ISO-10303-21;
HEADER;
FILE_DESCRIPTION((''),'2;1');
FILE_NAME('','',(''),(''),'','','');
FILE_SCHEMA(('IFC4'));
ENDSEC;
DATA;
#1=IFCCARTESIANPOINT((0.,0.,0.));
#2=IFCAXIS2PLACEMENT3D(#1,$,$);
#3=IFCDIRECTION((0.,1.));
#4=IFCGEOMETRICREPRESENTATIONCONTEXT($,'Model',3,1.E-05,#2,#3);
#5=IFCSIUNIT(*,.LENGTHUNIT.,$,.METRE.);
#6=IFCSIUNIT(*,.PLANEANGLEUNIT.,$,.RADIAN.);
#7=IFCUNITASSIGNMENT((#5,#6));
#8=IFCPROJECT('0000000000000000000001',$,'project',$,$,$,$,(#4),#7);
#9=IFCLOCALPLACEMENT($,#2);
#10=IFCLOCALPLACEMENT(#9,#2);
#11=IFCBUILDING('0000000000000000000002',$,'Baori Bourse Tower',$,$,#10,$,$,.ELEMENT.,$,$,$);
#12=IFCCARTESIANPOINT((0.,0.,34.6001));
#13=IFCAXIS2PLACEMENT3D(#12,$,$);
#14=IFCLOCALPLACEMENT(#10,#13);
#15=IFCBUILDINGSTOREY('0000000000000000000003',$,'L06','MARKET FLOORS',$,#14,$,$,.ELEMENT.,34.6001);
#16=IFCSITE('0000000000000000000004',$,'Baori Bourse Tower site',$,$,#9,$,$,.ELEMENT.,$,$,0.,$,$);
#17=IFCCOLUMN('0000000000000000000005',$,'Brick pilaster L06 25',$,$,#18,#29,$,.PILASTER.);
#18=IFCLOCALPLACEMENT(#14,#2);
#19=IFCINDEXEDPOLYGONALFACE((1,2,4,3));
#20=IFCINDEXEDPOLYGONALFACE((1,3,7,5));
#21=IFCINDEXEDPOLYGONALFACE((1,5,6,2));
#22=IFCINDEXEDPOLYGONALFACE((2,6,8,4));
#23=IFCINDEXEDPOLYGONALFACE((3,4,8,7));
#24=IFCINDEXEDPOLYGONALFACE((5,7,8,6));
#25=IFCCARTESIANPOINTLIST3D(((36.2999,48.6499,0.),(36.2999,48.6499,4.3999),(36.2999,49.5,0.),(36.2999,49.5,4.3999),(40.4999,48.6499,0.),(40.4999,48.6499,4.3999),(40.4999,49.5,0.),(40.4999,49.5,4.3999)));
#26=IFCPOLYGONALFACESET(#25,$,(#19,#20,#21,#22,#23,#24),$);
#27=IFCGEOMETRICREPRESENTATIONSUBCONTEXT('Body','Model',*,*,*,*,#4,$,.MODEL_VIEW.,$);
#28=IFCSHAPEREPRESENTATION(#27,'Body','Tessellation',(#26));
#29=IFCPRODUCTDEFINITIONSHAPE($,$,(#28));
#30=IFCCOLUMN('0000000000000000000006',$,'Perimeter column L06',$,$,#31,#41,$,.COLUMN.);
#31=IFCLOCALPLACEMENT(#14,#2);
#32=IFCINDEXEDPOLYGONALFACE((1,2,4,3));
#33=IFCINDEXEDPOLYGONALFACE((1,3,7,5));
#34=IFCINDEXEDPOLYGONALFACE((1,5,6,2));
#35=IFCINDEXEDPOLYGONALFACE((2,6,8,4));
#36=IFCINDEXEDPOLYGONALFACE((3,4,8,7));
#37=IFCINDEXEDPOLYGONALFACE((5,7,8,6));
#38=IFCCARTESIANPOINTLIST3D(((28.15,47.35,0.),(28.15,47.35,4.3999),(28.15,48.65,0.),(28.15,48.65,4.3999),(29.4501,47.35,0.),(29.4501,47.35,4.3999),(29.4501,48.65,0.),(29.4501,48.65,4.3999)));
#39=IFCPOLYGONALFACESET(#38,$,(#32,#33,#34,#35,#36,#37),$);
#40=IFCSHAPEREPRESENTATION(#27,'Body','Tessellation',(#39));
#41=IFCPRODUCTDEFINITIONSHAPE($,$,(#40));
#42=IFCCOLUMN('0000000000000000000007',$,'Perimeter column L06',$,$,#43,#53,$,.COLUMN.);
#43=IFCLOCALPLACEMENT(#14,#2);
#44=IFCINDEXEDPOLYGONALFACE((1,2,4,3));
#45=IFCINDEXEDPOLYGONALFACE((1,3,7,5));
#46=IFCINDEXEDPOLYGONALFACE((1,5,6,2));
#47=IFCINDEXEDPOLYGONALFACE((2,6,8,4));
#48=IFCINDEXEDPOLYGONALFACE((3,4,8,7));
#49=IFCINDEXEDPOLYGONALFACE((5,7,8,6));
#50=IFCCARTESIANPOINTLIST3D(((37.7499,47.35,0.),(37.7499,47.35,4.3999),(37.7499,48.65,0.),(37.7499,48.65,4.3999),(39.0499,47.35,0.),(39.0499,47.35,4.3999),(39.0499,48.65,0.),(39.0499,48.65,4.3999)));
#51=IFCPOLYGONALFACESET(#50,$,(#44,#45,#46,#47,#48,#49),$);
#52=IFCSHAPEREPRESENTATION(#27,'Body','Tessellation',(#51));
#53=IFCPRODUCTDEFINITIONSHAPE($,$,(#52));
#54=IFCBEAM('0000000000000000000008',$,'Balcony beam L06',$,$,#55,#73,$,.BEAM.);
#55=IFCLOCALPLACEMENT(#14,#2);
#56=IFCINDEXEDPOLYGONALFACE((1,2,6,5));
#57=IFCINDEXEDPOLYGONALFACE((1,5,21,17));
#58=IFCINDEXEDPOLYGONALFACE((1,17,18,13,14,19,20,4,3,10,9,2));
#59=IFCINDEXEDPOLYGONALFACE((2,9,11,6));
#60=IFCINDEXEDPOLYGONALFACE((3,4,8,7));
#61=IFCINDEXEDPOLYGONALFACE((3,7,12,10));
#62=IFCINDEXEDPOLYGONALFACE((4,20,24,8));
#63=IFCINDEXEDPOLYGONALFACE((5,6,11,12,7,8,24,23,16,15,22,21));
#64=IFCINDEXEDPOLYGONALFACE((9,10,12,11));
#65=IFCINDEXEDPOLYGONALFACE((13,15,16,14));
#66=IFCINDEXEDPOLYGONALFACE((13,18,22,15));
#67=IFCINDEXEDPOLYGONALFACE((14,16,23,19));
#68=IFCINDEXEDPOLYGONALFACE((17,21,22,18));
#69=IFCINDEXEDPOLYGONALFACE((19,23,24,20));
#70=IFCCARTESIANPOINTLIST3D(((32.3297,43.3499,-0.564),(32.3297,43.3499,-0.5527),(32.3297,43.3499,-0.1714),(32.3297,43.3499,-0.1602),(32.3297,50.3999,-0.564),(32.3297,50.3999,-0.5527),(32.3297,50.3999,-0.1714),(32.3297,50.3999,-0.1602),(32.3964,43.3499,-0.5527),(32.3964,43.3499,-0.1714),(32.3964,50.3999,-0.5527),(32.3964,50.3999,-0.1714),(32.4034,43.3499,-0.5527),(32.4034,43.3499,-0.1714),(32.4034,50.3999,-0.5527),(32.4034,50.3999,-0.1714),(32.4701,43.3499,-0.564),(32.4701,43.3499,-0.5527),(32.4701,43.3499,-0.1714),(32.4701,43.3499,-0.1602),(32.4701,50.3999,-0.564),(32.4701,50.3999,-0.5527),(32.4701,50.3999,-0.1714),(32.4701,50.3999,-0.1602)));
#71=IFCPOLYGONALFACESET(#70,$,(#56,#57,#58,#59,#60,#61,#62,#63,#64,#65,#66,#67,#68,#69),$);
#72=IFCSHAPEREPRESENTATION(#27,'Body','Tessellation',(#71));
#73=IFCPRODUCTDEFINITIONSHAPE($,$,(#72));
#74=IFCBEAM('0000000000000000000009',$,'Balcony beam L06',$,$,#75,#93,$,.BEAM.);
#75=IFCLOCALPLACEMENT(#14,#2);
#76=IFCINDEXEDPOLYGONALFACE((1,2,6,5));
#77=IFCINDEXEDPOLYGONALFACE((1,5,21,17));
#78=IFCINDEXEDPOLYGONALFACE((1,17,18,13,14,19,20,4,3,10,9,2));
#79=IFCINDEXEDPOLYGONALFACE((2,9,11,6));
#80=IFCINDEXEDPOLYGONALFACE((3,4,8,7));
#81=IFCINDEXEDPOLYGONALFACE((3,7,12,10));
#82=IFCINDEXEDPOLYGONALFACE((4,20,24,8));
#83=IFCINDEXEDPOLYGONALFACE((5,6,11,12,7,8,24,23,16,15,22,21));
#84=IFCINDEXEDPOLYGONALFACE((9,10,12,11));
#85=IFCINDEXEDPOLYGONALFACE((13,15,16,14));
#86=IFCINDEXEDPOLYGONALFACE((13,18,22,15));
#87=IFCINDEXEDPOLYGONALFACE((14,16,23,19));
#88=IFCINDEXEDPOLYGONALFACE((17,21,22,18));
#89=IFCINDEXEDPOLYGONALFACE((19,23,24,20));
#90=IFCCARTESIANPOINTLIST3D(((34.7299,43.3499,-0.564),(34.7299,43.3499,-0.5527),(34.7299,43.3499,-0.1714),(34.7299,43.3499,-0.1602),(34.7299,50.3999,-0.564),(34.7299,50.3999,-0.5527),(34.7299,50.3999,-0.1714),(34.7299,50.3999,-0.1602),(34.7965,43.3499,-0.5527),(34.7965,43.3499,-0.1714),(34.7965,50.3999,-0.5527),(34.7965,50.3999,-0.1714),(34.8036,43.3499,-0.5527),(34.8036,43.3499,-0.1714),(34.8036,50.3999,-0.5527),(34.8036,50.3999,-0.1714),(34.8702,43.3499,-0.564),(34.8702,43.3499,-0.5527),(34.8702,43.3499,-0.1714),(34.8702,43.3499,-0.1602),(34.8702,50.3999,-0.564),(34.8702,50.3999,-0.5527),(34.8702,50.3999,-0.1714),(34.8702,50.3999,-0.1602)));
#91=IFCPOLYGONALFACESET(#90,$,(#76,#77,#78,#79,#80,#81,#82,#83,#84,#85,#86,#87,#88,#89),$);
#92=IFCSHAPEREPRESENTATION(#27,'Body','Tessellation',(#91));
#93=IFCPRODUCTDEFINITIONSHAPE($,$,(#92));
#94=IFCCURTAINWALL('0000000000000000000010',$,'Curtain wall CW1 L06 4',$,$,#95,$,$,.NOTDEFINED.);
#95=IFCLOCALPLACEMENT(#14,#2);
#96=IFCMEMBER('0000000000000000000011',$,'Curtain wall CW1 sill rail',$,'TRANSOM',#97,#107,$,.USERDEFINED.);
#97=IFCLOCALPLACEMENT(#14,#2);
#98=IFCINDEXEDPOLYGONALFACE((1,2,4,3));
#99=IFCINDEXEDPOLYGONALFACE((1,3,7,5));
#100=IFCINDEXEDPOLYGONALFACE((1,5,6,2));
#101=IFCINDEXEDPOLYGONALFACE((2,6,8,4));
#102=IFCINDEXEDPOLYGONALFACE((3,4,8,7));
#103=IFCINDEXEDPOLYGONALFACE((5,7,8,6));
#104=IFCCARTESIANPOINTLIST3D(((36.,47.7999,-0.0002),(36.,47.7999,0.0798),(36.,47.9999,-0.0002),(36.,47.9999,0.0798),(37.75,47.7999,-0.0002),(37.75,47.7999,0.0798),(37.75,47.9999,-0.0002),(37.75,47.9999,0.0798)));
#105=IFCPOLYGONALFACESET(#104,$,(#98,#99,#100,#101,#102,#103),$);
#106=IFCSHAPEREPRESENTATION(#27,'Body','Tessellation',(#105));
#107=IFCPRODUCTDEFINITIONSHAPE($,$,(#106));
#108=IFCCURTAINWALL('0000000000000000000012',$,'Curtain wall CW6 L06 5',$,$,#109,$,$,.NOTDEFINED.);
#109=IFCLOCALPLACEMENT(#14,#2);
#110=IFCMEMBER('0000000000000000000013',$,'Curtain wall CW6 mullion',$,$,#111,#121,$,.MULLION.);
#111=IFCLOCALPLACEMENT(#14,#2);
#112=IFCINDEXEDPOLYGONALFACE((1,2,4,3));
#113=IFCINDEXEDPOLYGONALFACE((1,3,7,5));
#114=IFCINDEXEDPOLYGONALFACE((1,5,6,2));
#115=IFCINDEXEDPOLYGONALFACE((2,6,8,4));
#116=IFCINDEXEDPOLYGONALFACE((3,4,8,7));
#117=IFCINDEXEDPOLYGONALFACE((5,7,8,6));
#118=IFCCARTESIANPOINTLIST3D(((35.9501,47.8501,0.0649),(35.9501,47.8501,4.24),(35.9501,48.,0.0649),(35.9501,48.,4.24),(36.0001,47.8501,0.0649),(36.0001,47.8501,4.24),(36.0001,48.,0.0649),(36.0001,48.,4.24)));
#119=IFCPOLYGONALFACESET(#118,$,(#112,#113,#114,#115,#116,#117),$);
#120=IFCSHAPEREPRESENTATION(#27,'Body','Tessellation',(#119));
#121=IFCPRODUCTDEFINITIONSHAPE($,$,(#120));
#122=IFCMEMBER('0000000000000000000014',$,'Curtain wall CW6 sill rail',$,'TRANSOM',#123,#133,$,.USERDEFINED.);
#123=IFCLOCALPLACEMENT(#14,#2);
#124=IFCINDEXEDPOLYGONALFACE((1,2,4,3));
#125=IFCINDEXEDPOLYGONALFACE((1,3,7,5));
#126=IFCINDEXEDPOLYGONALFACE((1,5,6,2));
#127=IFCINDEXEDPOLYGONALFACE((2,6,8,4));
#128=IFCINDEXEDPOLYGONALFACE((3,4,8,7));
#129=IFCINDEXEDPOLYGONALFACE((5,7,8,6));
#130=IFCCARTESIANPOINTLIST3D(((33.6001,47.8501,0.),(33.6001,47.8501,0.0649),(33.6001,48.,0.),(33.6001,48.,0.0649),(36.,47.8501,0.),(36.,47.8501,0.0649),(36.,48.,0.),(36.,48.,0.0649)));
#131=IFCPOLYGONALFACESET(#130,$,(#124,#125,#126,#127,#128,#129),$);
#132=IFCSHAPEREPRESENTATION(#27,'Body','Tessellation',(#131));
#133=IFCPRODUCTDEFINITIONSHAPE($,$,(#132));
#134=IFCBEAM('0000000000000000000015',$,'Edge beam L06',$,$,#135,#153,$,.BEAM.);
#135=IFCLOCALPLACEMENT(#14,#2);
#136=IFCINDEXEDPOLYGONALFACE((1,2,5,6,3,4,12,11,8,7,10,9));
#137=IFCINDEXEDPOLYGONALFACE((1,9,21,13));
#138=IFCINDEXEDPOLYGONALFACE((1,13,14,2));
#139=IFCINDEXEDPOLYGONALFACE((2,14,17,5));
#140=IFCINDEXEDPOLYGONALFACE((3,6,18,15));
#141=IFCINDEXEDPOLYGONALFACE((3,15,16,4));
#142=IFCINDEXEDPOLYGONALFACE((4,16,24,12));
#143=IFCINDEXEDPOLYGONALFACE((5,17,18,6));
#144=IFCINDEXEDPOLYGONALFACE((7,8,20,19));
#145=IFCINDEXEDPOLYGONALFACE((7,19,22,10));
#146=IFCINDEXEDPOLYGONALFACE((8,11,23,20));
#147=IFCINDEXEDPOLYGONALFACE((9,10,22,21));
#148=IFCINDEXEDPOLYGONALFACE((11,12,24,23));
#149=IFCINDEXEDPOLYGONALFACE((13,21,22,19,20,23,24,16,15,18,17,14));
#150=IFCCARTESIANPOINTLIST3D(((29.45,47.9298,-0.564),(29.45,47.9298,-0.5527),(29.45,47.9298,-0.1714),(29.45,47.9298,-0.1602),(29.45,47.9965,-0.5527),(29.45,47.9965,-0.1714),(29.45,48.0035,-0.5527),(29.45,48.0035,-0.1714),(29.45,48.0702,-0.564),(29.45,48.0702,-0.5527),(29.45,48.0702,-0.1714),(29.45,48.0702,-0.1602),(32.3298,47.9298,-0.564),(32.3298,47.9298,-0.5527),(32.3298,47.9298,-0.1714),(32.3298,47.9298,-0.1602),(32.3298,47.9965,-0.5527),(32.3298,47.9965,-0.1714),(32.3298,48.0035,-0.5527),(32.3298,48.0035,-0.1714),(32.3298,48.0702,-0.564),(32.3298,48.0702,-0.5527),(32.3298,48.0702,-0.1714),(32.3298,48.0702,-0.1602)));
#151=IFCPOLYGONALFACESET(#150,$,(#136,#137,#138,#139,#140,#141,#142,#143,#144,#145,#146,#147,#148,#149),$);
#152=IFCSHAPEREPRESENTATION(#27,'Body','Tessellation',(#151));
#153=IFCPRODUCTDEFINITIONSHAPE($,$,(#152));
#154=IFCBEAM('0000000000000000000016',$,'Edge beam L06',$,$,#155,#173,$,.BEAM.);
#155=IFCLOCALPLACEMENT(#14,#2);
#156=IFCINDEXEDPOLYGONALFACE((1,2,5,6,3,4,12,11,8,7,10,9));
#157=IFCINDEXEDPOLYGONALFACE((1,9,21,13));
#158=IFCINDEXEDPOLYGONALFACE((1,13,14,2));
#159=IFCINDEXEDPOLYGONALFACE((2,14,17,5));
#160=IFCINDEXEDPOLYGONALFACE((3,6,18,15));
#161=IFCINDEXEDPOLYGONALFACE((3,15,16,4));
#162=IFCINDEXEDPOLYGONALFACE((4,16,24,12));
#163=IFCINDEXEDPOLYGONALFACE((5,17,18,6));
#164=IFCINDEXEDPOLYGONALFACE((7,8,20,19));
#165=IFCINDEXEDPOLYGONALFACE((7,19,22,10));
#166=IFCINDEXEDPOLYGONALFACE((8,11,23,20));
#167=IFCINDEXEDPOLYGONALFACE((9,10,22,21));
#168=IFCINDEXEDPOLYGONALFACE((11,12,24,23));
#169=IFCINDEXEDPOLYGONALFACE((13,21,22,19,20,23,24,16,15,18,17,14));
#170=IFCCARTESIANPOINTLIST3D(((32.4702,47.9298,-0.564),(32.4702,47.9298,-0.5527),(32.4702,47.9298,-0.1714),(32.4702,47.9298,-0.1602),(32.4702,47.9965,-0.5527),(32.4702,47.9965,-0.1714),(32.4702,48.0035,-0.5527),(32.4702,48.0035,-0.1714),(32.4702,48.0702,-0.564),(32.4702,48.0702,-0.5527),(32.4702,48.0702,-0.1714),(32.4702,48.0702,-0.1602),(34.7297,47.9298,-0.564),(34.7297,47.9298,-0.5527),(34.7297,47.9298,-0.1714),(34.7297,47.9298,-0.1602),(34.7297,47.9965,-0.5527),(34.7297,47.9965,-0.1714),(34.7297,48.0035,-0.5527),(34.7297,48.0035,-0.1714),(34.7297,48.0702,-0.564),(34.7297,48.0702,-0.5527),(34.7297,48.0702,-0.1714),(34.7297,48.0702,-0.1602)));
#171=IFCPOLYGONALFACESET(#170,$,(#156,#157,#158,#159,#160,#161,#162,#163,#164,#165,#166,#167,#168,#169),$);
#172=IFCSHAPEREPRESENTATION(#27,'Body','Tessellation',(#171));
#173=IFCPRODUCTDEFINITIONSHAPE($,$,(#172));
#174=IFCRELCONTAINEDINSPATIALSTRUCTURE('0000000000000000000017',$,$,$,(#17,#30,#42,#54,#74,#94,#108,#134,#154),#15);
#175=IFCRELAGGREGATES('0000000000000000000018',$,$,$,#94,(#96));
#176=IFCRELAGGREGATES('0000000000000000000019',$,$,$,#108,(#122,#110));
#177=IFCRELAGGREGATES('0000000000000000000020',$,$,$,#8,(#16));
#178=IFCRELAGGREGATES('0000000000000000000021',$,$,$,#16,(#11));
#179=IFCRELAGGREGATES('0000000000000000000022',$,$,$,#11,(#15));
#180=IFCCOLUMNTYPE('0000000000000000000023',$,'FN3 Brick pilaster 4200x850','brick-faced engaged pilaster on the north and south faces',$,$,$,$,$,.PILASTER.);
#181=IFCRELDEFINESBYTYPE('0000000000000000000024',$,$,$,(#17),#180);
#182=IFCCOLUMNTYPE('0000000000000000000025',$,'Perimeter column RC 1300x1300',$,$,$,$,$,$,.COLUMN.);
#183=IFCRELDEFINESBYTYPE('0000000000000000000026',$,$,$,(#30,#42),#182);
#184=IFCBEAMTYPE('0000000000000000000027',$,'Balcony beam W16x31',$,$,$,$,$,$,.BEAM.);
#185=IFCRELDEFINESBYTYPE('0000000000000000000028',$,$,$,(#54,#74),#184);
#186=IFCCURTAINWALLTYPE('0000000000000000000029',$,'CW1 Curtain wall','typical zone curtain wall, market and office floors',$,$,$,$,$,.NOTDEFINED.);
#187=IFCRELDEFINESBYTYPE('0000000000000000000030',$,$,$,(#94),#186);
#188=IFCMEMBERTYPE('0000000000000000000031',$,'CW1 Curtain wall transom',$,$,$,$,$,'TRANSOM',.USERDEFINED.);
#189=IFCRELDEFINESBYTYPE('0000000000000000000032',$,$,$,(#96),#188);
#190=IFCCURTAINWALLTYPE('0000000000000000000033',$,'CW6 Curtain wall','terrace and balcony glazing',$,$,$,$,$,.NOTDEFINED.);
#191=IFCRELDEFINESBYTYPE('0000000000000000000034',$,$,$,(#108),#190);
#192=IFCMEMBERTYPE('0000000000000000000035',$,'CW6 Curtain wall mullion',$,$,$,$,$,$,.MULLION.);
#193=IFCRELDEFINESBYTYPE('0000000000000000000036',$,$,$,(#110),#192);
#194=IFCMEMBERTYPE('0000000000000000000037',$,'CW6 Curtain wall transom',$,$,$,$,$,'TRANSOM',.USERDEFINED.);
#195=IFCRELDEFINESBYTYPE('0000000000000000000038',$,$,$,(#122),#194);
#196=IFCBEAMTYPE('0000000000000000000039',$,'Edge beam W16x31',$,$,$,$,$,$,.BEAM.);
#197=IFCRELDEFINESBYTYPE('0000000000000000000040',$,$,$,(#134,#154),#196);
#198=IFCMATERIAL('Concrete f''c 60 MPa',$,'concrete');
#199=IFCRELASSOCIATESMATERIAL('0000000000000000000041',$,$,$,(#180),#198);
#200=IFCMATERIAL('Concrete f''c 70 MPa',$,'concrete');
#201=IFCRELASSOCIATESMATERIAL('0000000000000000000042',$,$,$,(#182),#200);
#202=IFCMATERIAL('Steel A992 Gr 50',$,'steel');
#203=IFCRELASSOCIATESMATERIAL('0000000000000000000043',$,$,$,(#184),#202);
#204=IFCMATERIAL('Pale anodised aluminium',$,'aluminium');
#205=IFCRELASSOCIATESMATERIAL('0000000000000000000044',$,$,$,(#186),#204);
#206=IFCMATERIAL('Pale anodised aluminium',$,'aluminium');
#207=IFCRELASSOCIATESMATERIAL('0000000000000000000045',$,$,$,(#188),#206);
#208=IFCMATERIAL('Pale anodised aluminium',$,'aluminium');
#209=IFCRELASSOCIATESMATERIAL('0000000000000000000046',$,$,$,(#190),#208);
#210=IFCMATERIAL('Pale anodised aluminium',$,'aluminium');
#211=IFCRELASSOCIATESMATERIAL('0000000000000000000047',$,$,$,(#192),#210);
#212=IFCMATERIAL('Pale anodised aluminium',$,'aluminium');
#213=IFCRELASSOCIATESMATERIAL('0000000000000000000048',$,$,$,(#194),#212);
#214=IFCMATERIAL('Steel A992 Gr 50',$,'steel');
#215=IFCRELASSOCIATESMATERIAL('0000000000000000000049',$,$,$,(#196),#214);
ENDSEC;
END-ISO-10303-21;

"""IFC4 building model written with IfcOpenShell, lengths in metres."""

from ifc_helpers import new_model, si_unit, direction, frame, origin, origin_2d, place, context, subcontext, project, spatial, rectangle, i_section, extrude, material, material_profile, profile_set, type_object, element, aggregate, save


model = new_model("IFC4")

# Units and contexts
model_context = context("Model", 3, precision=1e-05, world=origin(), true_north=direction((0.0, 1.0)))
body_context = subcontext(model_context, "Body", "Model", "MODEL_VIEW")
ifc_project = project(units=[si_unit("LENGTHUNIT", "METRE"), si_unit("PLANEANGLEUNIT", "RADIAN")], contexts=[model_context])

# Site, building, storey
site_placement = place(None, origin())
site = spatial("IfcSite", under=ifc_project, at=site_placement, Name="Baori Bourse Tower site", CompositionType="ELEMENT", RefElevation=0.0)
building_placement = place(site_placement, origin())
building = spatial("IfcBuilding", under=site, at=building_placement, Name="Baori Bourse Tower", CompositionType="ELEMENT")
storey_placement = place(building_placement, frame((0.0, 0.0, 34.6001)))
storey = spatial("IfcBuildingStorey", under=building, at=storey_placement, Name="L06", Description="MARKET FLOORS", CompositionType="ELEMENT", Elevation=34.6001)

# Columns
ifc_material_1 = material(Name="Concrete f'c 60 MPa", Category="concrete")
ifc_material_profile_1 = material_profile(ifc_material_1, rectangle(XDim=4.2, YDim=0.8501, at=origin_2d()), Name="RC 4200x850")
ifc_profile_set_1 = profile_set([ifc_material_profile_1], Name="Concrete f'c 60 MPa")
column_type_1 = type_object("IfcColumnType", Name="FN3 Brick pilaster 4200x850", Description="brick-faced engaged pilaster on the north and south faces", PredefinedType="PILASTER", material=ifc_profile_set_1)
column_placement = place(storey_placement, frame((38.3999, 49.075, 0.0), z_axis=(0.0, 0.0, 1.0), x_axis=(1.0, 0.0, 0.0)))
element("IfcColumn", 1, at=column_placement, inside=storey, type_object=column_type_1, Name="Brick pilaster L06 25", PredefinedType="PILASTER", context=body_context, shape_type="SweptSolid", body=[
    extrude(rectangle(XDim=4.2, YDim=0.8501, at=origin_2d()), origin(), (0.0, 0.0, 1.0), 4.3999),
])
ifc_material_2 = material(Name="Concrete f'c 70 MPa", Category="concrete")
ifc_material_profile_2 = material_profile(ifc_material_2, rectangle(XDim=1.3, YDim=1.3, at=origin_2d()), Name="RC 1300x1300")
ifc_profile_set_2 = profile_set([ifc_material_profile_2], Name="Concrete f'c 70 MPa")
column_type_2 = type_object("IfcColumnType", Name="Perimeter column RC 1300x1300", PredefinedType="COLUMN", material=ifc_profile_set_2)
for number, where, z_axis, x_axis, name in (
    (2, (28.8, 48.0, 0.0), (0.0, 0.0, 1.0), (1.0, 0.0, 0.0), "Perimeter column L06"),
    (3, (38.3999, 48.0, 0.0), (0.0, 0.0, 1.0), (1.0, 0.0, 0.0), "Perimeter column L06"),
):
    element("IfcColumn", number, at=place(storey_placement, frame(where, z_axis=z_axis, x_axis=x_axis)), inside=storey, type_object=column_type_2, Name=name, PredefinedType="COLUMN", context=body_context, shape_type="SweptSolid", body=[
        extrude(rectangle(XDim=1.3, YDim=1.3, at=origin_2d()), origin(), (0.0, 0.0, 1.0), 4.3999),
    ])

# Beams
ifc_material_3 = material(Name="Steel A992 Gr 50", Category="steel")
ifc_material_profile_3 = material_profile(ifc_material_3, i_section(OverallWidth=0.1404, OverallDepth=0.4038, WebThickness=0.0071, FlangeThickness=0.0112, at=origin_2d()), Name="W16x31")
ifc_profile_set_3 = profile_set([ifc_material_profile_3], Name="Steel A992 Gr 50")
beam_type_1 = type_object("IfcBeamType", Name="Balcony beam W16x31", PredefinedType="BEAM", material=ifc_profile_set_3)
for number, where, z_axis, x_axis, name in (
    (4, (32.3999, 50.3999, -0.3621), (0.0, -1.0, 0.0), (1.0, 0.0, 0.0), "Balcony beam L06"),
    (5, (34.8, 50.3999, -0.3621), (0.0, -1.0, 0.0), (1.0, 0.0, 0.0), "Balcony beam L06"),
):
    element("IfcBeam", number, at=place(storey_placement, frame(where, z_axis=z_axis, x_axis=x_axis)), inside=storey, type_object=beam_type_1, Name=name, PredefinedType="BEAM", context=body_context, shape_type="SweptSolid", body=[
        extrude(i_section(OverallWidth=0.1404, OverallDepth=0.4038, WebThickness=0.0071, FlangeThickness=0.0112, at=origin_2d()), origin(), (0.0, 0.0, 1.0), 7.05),
    ])

# Curtain wall, member
ifc_material_4 = material(Name="Pale anodised aluminium", Category="aluminium")
curtain_wall_type_1 = type_object("IfcCurtainWallType", Name="CW1 Curtain wall", Description="typical zone curtain wall, market and office floors", PredefinedType="NOTDEFINED", material=ifc_material_4)
curtain_wall_1_placement = place(storey_placement, origin())
curtain_wall_1 = element("IfcCurtainWall", 6, at=curtain_wall_1_placement, inside=storey, type_object=curtain_wall_type_1, Name="Curtain wall CW1 L06 4", PredefinedType="NOTDEFINED")
ifc_material_5 = material(Name="Pale anodised aluminium", Category="aluminium")
ifc_material_profile_4 = material_profile(ifc_material_5, rectangle(XDim=0.2, YDim=0.0801, at=origin_2d()), Name="Transom 80x200")
ifc_profile_set_4 = profile_set([ifc_material_profile_4], Name="Pale anodised aluminium")
member_type_1 = type_object("IfcMemberType", Name="CW1 Curtain wall transom", ElementType="TRANSOM", PredefinedType="USERDEFINED", material=ifc_profile_set_4)
member_1_placement = place(storey_placement, frame((37.75, 47.8999, 0.0398), z_axis=(-1.0, 0.0, 0.0), x_axis=(0.0, -1.0, 0.0)))
member_1 = element("IfcMember", 7, at=member_1_placement, type_object=member_type_1, Name="Curtain wall CW1 sill rail", ObjectType="TRANSOM", PredefinedType="USERDEFINED", context=body_context, shape_type="SweptSolid", body=[
    extrude(rectangle(XDim=0.2, YDim=0.0801, at=origin_2d()), origin(), (0.0, 0.0, 1.0), 1.75),
])

# Curtain wall, members
ifc_material_6 = material(Name="Pale anodised aluminium", Category="aluminium")
curtain_wall_type_2 = type_object("IfcCurtainWallType", Name="CW6 Curtain wall", Description="terrace and balcony glazing", PredefinedType="NOTDEFINED", material=ifc_material_6)
curtain_wall_2_placement = place(storey_placement, origin())
curtain_wall_2 = element("IfcCurtainWall", 8, at=curtain_wall_2_placement, inside=storey, type_object=curtain_wall_type_2, Name="Curtain wall CW6 L06 5", PredefinedType="NOTDEFINED")
ifc_material_7 = material(Name="Pale anodised aluminium", Category="aluminium")
ifc_material_profile_5 = material_profile(ifc_material_7, rectangle(XDim=0.1499, YDim=0.05, at=origin_2d()), Name="Mullion 50x150")
ifc_profile_set_5 = profile_set([ifc_material_profile_5], Name="Pale anodised aluminium")
member_type_2 = type_object("IfcMemberType", Name="CW6 Curtain wall mullion", PredefinedType="MULLION", material=ifc_profile_set_5)
member_2_placement = place(storey_placement, frame((35.9751, 47.925, 0.0649), z_axis=(0.0, 0.0, 1.0), x_axis=(0.0, -1.0, 0.0)))
member_2 = element("IfcMember", 9, at=member_2_placement, type_object=member_type_2, Name="Curtain wall CW6 mullion", PredefinedType="MULLION", context=body_context, shape_type="SweptSolid", body=[
    extrude(rectangle(XDim=0.1499, YDim=0.05, at=origin_2d()), origin(), (0.0, 0.0, 1.0), 4.175),
])
ifc_material_8 = material(Name="Pale anodised aluminium", Category="aluminium")
ifc_material_profile_6 = material_profile(ifc_material_8, rectangle(XDim=0.1499, YDim=0.0649, at=origin_2d()), Name="Transom 65x150")
ifc_profile_set_6 = profile_set([ifc_material_profile_6], Name="Pale anodised aluminium")
member_type_3 = type_object("IfcMemberType", Name="CW6 Curtain wall transom", ElementType="TRANSOM", PredefinedType="USERDEFINED", material=ifc_profile_set_6)
member_3_placement = place(storey_placement, frame((36.0, 47.925, 0.0325), z_axis=(-1.0, 0.0, 0.0), x_axis=(0.0, -1.0, 0.0)))
member_3 = element("IfcMember", 10, at=member_3_placement, type_object=member_type_3, Name="Curtain wall CW6 sill rail", ObjectType="TRANSOM", PredefinedType="USERDEFINED", context=body_context, shape_type="SweptSolid", body=[
    extrude(rectangle(XDim=0.1499, YDim=0.0649, at=origin_2d()), origin(), (0.0, 0.0, 1.0), 2.3999),
])

# Beams
ifc_material_9 = material(Name="Steel A992 Gr 50", Category="steel")
ifc_material_profile_7 = material_profile(ifc_material_9, i_section(OverallWidth=0.1404, OverallDepth=0.4038, WebThickness=0.0071, FlangeThickness=0.0112, at=origin_2d()), Name="W16x31")
ifc_profile_set_7 = profile_set([ifc_material_profile_7], Name="Steel A992 Gr 50")
beam_type_2 = type_object("IfcBeamType", Name="Edge beam W16x31", PredefinedType="BEAM", material=ifc_profile_set_7)
beam_1_placement = place(storey_placement, frame((29.45, 48.0, -0.3621), z_axis=(1.0, 0.0, 0.0), x_axis=(0.0, 1.0, 0.0)))
element("IfcBeam", 11, at=beam_1_placement, inside=storey, type_object=beam_type_2, Name="Edge beam L06", PredefinedType="BEAM", context=body_context, shape_type="SweptSolid", body=[
    extrude(i_section(OverallWidth=0.1404, OverallDepth=0.4038, WebThickness=0.0071, FlangeThickness=0.0112, at=origin_2d()), origin(), (0.0, 0.0, 1.0), 2.8799),
])
beam_2_placement = place(storey_placement, frame((32.4702, 48.0, -0.3621), z_axis=(1.0, 0.0, 0.0), x_axis=(0.0, 1.0, 0.0)))
element("IfcBeam", 12, at=beam_2_placement, inside=storey, type_object=beam_type_2, Name="Edge beam L06", PredefinedType="BEAM", context=body_context, shape_type="SweptSolid", body=[
    extrude(i_section(OverallWidth=0.1404, OverallDepth=0.4038, WebThickness=0.0071, FlangeThickness=0.0112, at=origin_2d()), origin(), (0.0, 0.0, 1.0), 2.2595),
])

aggregate(curtain_wall_1, [member_1])
aggregate(curtain_wall_2, [member_3, member_2])

save(model, "model.ifc")
